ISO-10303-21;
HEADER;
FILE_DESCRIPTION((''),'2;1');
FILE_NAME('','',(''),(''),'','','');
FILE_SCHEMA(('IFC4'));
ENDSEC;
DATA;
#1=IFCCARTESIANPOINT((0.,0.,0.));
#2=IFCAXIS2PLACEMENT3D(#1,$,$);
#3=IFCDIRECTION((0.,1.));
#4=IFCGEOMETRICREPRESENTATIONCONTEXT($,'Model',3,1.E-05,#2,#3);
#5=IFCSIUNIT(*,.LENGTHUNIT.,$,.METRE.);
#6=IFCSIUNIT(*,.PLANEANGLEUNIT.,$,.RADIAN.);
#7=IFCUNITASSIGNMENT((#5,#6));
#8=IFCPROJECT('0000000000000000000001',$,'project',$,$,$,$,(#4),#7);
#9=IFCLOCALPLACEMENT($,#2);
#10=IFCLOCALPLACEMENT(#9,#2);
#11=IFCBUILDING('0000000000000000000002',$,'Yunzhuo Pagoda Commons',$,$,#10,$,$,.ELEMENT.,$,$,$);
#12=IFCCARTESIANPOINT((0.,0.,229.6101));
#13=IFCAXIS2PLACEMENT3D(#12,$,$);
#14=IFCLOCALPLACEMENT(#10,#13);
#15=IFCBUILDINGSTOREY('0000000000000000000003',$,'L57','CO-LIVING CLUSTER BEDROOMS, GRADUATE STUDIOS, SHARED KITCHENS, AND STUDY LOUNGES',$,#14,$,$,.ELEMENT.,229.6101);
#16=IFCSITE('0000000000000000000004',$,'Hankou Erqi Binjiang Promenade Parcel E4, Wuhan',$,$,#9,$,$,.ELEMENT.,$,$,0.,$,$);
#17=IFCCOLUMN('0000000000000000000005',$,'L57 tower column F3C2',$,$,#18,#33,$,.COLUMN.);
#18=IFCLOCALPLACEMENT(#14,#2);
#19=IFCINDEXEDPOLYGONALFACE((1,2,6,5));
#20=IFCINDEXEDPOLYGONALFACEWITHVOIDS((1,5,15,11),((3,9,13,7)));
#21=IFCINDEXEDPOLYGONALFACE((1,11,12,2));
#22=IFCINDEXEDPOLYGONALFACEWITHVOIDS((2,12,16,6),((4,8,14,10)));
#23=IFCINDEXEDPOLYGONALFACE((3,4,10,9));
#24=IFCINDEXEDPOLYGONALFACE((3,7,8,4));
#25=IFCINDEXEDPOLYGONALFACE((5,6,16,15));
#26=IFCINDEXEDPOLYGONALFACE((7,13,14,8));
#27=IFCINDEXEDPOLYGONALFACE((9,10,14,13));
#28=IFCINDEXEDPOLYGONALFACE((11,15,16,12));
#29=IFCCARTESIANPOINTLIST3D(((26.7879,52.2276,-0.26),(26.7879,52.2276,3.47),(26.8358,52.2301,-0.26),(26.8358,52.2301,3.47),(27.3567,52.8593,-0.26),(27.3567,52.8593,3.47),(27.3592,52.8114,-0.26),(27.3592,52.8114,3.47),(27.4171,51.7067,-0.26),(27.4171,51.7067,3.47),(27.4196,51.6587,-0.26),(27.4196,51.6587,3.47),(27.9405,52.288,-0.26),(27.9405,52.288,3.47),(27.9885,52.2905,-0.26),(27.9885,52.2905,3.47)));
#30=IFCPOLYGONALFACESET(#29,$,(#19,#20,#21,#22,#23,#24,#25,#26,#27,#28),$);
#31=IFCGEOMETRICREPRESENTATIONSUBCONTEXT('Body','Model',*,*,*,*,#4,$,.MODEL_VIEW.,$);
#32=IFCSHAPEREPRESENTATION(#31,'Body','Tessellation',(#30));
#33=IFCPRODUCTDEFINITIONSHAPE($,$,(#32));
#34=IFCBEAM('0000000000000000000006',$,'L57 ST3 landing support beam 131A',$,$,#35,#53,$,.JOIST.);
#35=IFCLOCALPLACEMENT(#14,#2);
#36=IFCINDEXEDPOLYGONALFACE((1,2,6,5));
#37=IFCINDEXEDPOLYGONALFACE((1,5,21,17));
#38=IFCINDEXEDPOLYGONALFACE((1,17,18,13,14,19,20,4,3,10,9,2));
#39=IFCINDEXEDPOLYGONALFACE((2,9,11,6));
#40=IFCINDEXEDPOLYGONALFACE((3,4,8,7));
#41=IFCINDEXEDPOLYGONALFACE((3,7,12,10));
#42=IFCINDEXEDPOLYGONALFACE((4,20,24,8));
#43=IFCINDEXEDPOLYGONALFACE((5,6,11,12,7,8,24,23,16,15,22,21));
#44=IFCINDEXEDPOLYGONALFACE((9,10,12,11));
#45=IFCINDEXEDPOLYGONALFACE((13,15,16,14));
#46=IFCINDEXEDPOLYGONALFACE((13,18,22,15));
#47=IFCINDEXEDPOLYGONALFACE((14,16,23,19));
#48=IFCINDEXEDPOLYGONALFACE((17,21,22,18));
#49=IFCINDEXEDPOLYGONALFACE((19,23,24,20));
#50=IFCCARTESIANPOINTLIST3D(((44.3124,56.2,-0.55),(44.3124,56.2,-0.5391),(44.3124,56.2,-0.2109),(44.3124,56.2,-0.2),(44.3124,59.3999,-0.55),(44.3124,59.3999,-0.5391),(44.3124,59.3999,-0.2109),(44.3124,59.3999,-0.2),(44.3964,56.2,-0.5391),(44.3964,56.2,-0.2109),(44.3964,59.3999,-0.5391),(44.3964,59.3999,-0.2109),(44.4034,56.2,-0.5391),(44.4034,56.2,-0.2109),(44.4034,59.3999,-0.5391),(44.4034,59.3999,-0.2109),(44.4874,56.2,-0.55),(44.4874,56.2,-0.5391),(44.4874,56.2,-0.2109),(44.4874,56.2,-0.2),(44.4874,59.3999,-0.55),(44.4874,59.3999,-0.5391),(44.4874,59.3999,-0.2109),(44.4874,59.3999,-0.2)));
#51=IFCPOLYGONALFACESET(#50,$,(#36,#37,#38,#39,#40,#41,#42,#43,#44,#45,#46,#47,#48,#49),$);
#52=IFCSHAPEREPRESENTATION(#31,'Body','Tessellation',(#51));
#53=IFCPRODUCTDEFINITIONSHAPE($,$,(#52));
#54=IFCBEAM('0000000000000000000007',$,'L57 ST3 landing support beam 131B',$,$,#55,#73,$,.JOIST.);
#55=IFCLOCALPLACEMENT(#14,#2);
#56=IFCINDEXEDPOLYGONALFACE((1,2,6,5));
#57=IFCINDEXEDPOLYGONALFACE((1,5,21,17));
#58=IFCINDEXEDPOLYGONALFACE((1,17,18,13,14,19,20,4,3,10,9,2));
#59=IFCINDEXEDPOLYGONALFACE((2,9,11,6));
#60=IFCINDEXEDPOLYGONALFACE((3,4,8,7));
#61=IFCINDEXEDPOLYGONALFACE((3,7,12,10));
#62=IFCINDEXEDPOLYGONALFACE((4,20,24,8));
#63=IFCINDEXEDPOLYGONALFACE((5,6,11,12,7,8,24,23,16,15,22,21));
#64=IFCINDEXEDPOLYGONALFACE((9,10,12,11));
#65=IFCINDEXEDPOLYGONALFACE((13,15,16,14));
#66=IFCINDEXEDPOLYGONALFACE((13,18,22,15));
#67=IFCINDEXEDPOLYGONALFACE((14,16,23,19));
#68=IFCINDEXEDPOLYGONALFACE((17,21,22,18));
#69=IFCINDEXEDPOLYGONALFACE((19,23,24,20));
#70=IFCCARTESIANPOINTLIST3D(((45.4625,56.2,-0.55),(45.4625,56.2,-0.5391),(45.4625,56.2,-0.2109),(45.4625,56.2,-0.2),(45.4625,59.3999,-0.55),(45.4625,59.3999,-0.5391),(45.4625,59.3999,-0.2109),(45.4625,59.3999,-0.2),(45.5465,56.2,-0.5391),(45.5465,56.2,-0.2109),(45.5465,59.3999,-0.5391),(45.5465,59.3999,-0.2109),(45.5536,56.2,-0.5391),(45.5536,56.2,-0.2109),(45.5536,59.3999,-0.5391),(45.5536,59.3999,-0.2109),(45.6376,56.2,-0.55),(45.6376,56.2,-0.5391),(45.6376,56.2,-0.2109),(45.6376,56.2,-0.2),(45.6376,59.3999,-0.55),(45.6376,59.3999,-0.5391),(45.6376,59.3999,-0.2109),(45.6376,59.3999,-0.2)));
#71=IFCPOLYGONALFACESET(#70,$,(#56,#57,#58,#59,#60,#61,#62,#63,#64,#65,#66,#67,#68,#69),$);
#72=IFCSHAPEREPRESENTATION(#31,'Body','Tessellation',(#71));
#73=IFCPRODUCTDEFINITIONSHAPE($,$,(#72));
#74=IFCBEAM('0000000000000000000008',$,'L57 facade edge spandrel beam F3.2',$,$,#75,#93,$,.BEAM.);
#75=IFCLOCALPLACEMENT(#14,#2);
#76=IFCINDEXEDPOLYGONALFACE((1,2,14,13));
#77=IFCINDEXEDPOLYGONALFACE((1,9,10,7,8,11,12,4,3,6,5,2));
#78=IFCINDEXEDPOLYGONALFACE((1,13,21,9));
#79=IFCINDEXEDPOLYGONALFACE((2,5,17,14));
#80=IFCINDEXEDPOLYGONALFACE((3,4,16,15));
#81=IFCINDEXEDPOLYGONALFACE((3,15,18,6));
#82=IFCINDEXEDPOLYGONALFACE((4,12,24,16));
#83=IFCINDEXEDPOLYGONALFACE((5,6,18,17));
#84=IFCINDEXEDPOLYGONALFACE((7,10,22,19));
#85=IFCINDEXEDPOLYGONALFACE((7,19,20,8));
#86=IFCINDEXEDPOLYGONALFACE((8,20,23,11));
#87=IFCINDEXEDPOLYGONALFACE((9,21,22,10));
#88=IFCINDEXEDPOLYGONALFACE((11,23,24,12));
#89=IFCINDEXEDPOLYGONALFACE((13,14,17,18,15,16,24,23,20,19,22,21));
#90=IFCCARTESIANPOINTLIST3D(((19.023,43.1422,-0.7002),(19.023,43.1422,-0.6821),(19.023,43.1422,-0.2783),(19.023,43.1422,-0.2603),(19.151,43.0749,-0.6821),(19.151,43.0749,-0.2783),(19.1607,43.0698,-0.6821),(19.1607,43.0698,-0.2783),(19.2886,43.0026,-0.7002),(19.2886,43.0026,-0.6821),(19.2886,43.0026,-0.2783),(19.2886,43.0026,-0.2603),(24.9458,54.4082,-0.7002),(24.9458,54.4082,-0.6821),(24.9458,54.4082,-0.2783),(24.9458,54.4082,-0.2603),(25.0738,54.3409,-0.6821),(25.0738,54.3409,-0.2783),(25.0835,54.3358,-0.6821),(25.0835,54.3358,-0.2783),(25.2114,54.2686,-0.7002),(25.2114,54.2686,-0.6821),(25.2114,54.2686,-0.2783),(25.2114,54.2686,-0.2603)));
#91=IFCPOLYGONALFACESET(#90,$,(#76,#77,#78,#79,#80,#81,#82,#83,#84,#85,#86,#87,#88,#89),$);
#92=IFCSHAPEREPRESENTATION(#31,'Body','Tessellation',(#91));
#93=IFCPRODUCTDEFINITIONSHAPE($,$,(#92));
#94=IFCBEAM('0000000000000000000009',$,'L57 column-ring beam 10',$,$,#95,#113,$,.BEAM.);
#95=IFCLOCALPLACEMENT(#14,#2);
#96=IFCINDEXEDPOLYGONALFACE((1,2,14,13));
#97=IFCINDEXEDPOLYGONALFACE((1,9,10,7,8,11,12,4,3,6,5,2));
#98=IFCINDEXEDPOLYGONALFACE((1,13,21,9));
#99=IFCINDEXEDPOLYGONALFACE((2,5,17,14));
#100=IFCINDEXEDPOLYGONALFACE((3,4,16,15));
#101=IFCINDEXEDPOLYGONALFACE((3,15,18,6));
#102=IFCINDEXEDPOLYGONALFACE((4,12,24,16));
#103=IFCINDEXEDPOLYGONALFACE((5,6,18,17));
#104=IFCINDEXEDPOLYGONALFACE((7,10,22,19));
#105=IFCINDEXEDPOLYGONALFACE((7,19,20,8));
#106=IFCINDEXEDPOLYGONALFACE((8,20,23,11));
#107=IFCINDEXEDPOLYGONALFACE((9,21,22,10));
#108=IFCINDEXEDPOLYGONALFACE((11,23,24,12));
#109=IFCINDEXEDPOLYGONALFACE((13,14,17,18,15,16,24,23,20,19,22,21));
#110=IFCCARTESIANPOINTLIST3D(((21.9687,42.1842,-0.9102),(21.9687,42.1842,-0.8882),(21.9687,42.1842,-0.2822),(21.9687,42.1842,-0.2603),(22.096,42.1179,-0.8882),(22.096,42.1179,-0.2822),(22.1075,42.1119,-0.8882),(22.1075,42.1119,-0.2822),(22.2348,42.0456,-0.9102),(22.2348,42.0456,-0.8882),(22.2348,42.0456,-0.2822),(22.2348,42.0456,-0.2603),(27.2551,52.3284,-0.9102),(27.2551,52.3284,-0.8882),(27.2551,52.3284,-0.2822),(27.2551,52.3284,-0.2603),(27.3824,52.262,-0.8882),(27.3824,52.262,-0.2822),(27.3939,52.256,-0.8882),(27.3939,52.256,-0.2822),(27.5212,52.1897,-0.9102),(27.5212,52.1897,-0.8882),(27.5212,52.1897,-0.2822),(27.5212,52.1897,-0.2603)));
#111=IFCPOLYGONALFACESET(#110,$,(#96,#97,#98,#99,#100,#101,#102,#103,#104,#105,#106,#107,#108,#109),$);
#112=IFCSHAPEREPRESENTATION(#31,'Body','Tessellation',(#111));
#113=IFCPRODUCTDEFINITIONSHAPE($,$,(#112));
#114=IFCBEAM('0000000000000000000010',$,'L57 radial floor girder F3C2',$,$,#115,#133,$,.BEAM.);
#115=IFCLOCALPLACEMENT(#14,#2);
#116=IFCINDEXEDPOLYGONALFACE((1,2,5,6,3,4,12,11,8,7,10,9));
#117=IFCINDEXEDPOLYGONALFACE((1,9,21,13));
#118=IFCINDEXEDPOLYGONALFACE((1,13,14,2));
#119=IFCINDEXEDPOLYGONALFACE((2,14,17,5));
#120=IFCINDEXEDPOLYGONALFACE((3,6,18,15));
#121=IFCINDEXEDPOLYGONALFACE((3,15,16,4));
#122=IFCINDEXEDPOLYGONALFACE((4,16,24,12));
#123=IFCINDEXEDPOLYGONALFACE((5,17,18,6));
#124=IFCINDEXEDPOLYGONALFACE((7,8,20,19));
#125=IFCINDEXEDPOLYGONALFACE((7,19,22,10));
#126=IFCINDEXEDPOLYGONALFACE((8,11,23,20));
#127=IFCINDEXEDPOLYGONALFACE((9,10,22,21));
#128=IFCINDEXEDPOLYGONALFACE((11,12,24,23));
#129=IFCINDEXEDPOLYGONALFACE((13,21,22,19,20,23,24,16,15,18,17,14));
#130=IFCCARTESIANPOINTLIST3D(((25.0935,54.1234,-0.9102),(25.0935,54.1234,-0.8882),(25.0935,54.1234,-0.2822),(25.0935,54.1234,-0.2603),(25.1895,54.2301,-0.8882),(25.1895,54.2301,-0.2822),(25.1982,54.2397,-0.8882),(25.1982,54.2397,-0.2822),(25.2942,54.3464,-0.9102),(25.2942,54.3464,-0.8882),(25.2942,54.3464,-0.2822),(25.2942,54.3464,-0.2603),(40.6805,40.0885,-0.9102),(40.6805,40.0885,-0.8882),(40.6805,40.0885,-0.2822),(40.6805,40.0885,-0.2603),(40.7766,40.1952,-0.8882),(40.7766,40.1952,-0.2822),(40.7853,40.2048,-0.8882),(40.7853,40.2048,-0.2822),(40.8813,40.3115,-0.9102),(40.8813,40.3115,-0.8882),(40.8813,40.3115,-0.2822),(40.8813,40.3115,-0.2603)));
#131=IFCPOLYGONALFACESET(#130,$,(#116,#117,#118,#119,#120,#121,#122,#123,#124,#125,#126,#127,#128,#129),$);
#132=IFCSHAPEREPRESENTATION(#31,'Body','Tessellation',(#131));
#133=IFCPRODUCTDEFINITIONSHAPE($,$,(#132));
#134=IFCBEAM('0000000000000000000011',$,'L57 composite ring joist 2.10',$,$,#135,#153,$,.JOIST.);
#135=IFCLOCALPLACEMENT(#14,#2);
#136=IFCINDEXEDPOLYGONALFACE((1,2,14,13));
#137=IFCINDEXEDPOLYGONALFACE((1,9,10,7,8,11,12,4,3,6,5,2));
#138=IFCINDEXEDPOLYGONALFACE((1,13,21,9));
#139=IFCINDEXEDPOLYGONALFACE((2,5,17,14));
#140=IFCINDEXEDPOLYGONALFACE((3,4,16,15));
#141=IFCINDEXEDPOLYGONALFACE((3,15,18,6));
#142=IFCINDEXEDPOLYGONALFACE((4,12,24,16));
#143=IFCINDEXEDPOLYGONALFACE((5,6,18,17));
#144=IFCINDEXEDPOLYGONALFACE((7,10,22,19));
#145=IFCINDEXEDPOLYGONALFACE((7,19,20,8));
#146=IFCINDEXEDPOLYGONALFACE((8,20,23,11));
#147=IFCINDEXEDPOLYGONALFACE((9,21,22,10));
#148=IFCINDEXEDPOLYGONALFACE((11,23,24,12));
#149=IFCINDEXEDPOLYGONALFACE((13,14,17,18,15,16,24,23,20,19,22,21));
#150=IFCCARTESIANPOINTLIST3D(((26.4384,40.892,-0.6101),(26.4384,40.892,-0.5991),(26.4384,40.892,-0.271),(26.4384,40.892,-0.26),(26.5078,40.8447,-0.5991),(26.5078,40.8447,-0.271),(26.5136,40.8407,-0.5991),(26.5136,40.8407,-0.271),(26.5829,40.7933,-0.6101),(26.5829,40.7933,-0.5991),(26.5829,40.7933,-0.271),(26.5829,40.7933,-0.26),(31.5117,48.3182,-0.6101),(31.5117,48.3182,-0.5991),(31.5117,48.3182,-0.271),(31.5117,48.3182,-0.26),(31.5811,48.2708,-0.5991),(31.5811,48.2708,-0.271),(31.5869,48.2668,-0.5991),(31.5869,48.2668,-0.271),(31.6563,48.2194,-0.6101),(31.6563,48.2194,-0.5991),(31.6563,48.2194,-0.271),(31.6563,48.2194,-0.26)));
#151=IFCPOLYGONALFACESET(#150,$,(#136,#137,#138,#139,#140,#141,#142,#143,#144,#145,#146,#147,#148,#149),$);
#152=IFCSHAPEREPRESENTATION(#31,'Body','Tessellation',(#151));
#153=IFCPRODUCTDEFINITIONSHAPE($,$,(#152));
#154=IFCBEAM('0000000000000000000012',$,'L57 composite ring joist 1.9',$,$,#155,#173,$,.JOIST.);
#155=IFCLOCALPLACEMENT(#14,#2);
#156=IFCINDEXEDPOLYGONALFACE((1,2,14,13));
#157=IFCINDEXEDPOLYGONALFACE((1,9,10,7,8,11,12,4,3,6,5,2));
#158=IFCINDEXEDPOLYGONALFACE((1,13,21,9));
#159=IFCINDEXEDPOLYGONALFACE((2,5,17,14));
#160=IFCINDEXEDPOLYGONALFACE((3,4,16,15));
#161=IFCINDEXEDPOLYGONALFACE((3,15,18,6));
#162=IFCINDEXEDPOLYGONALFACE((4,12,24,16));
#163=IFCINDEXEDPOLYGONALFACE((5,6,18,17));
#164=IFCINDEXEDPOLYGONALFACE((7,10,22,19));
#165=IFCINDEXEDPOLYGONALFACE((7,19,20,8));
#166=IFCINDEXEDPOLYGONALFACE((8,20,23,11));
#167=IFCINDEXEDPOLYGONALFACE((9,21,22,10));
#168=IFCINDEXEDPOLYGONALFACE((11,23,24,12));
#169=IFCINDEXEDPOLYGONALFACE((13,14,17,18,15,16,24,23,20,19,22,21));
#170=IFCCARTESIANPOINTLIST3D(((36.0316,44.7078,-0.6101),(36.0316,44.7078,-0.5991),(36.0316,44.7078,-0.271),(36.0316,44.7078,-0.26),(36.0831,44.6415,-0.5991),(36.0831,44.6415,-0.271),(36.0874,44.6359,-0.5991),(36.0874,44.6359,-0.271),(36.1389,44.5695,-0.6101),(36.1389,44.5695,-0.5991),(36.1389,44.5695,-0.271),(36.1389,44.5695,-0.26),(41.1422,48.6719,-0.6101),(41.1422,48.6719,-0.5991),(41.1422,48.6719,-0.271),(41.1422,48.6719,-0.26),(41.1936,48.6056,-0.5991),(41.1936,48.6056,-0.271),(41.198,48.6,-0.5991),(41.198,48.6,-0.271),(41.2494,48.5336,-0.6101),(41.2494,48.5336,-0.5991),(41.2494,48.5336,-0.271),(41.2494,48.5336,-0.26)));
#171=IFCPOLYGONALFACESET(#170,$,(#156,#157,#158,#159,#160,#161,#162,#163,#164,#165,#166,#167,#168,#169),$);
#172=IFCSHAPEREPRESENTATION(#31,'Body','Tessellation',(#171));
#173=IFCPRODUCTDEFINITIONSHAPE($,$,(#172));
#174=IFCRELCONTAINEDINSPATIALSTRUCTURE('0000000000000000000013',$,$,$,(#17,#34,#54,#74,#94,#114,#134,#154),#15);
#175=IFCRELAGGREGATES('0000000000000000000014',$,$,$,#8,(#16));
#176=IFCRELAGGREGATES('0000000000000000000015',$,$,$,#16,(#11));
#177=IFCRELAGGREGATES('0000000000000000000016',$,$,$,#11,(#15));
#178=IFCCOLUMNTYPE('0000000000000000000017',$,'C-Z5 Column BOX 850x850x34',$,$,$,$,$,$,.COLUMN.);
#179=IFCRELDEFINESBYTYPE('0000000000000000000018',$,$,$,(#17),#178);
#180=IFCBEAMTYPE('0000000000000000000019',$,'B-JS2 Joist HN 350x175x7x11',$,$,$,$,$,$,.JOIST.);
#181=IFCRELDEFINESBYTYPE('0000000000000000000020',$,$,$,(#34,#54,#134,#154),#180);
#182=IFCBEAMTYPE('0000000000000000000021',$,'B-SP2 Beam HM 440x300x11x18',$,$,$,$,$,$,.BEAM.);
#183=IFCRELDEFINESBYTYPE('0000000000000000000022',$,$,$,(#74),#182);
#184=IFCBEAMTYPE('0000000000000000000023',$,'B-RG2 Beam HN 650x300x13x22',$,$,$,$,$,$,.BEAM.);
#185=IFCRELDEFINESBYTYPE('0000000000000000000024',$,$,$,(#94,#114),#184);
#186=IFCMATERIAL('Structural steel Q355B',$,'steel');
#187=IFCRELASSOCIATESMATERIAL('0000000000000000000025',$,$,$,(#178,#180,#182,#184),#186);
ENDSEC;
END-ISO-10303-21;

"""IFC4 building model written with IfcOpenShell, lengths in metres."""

from ifc_helpers import new_model, si_unit, direction, frame, origin, origin_2d, place, context, subcontext, project, spatial, hollow_rectangle, i_section, extrude, source, transform, mapped, material, material_profile, profile_set, type_object, element, save


model = new_model("IFC4")

# Units and contexts
model_context = context("Model", 3, precision=1e-05, world=origin(), true_north=direction((0.0, 1.0)))
body_context = subcontext(model_context, "Body", "Model", "MODEL_VIEW")
ifc_project = project(units=[si_unit("LENGTHUNIT", "METRE"), si_unit("PLANEANGLEUNIT", "RADIAN")], contexts=[model_context])

# Site, building, storey
site_placement = place(None, origin())
site = spatial("IfcSite", under=ifc_project, at=site_placement, Name="Hankou Erqi Binjiang Promenade Parcel E4, Wuhan", CompositionType="ELEMENT", RefElevation=0.0)
building_placement = place(site_placement, origin())
building = spatial("IfcBuilding", under=site, at=building_placement, Name="Yunzhuo Pagoda Commons", CompositionType="ELEMENT")
storey_placement = place(building_placement, frame((0.0, 0.0, 229.6101)))
storey = spatial("IfcBuildingStorey", under=building, at=storey_placement, Name="L57", Description="CO-LIVING CLUSTER BEDROOMS, GRADUATE STUDIOS, SHARED KITCHENS, AND STUDY LOUNGES", CompositionType="ELEMENT", Elevation=229.6101)

# Column
ifc_material_1 = material(Name="Structural steel Q355B", Category="steel")
ifc_material_profile_1 = material_profile(ifc_material_1, hollow_rectangle(XDim=0.8501, YDim=0.8501, WallThickness=0.0339, at=origin_2d()), Name="Structural steel Q355B")
ifc_profile_set_1 = profile_set([ifc_material_profile_1], Name="Structural steel Q355B")
column_type = type_object("IfcColumnType", Name="C-Z5 Column BOX 850x850x34", PredefinedType="COLUMN", material=ifc_profile_set_1)
shared_shape_1 = source(origin(), body_context, "Body", "SweptSolid", [
    extrude(hollow_rectangle(XDim=0.8501, YDim=0.8501, WallThickness=0.0339, at=origin_2d()), origin(), (0.0, 0.0, 1.0), 3.73),
])
column_placement = place(storey_placement, frame((27.3882, 52.259, -0.26), z_axis=(0.0, 0.0, 1.0), x_axis=(-0.669131, -0.743145, 0.0)))
element("IfcColumn", 1, at=column_placement, inside=storey, type_object=column_type, Name="L57 tower column F3C2", PredefinedType="COLUMN", context=body_context, shape_type="MappedRepresentation", body=[
    mapped(shared_shape_1, transform((0.0, 0.0, 0.0), scale=1.0)),
])

# Beams
ifc_material_profile_2 = material_profile(ifc_material_1, i_section(OverallWidth=0.175, OverallDepth=0.3501, WebThickness=0.0071, FlangeThickness=0.011, at=origin_2d()), Name="Structural steel Q355B")
ifc_profile_set_2 = profile_set([ifc_material_profile_2], Name="Structural steel Q355B")
beam_type_1 = type_object("IfcBeamType", Name="B-JS2 Joist HN 350x175x7x11", PredefinedType="JOIST", material=ifc_profile_set_2)
shared_shape_2 = source(origin(), body_context, "Body", "SweptSolid", [
    extrude(i_section(OverallWidth=0.175, OverallDepth=0.3501, WebThickness=0.0071, FlangeThickness=0.011, at=origin_2d()), origin(), (0.0, 0.0, 1.0), 3.2),
])
for number, where, z_axis, x_axis, name in (
    (2, (44.3999, 56.2, -0.375), (0.0, 1.0, 0.0), (-1.0, 0.0, 0.0), "L57 ST3 landing support beam 131A"),
    (3, (45.55, 56.2, -0.375), (0.0, 1.0, 0.0), (-1.0, 0.0, 0.0), "L57 ST3 landing support beam 131B"),
):
    element("IfcBeam", number, at=place(storey_placement, frame(where, z_axis=z_axis, x_axis=x_axis)), inside=storey, type_object=beam_type_1, Name=name, PredefinedType="JOIST", context=body_context, shape_type="MappedRepresentation", body=[
        mapped(shared_shape_2, transform((0.0, 0.0, 0.0), scale=1.0)),
    ])
ifc_material_profile_3 = material_profile(ifc_material_1, i_section(OverallWidth=0.3, OverallDepth=0.4399, WebThickness=0.011, FlangeThickness=0.0181, at=origin_2d()), Name="Structural steel Q355B")
ifc_profile_set_3 = profile_set([ifc_material_profile_3], Name="Structural steel Q355B")
beam_type_2 = type_object("IfcBeamType", Name="B-SP2 Beam HM 440x300x11x18", PredefinedType="BEAM", material=ifc_profile_set_3)
shared_shape_3 = source(origin(), body_context, "Body", "SweptSolid", [
    extrude(i_section(OverallWidth=0.3, OverallDepth=0.4399, WebThickness=0.011, FlangeThickness=0.0181, at=origin_2d()), origin(), (0.0, 0.0, 1.0), 12.728),
])
beam_1_placement = place(storey_placement, frame((25.0786, 54.3384, -0.4802), z_axis=(-0.465335, -0.885134, 0.0), x_axis=(0.885134, -0.465335, 0.0)))
element("IfcBeam", 4, at=beam_1_placement, inside=storey, type_object=beam_type_2, Name="L57 facade edge spandrel beam F3.2", PredefinedType="BEAM", context=body_context, shape_type="MappedRepresentation", body=[
    mapped(shared_shape_3, transform((0.0, 0.0, 0.0), scale=1.0)),
])
ifc_material_profile_4 = material_profile(ifc_material_1, i_section(OverallWidth=0.3, OverallDepth=0.6499, WebThickness=0.0129, FlangeThickness=0.022, at=origin_2d()), Name="Structural steel Q355B")
ifc_profile_set_4 = profile_set([ifc_material_profile_4], Name="Structural steel Q355B")
beam_type_3 = type_object("IfcBeamType", Name="B-RG2 Beam HN 650x300x13x22", PredefinedType="BEAM", material=ifc_profile_set_4)
shared_shape_4 = source(origin(), body_context, "Body", "SweptSolid", [
    extrude(i_section(OverallWidth=0.3, OverallDepth=0.6499, WebThickness=0.0129, FlangeThickness=0.022, at=origin_2d()), origin(), (0.0, 0.0, 1.0), 11.439),
])
beam_2_placement = place(storey_placement, frame((27.3882, 52.259, -0.5852), z_axis=(-0.462142, -0.886806, 0.0), x_axis=(0.886806, -0.462142, 0.0)))
element("IfcBeam", 5, at=beam_2_placement, inside=storey, type_object=beam_type_3, Name="L57 column-ring beam 10", PredefinedType="BEAM", context=body_context, shape_type="MappedRepresentation", body=[
    mapped(shared_shape_4, transform((0.0, 0.0, 0.0), scale=1.0)),
])
shared_shape_5 = source(origin(), body_context, "Body", "SweptSolid", [
    extrude(i_section(OverallWidth=0.3, OverallDepth=0.6499, WebThickness=0.0129, FlangeThickness=0.022, at=origin_2d()), origin(), (0.0, 0.0, 1.0), 20.9746),
])
beam_3_placement = place(storey_placement, frame((25.1938, 54.2349, -0.5852), z_axis=(0.743141, -0.669135, 0.0), x_axis=(0.669135, 0.743141, 0.0)))
element("IfcBeam", 6, at=beam_3_placement, inside=storey, type_object=beam_type_3, Name="L57 radial floor girder F3C2", PredefinedType="BEAM", context=body_context, shape_type="MappedRepresentation", body=[
    mapped(shared_shape_5, transform((0.0, 0.0, 0.0), scale=1.0)),
])
shared_shape_6 = source(origin(), body_context, "Body", "SweptSolid", [
    extrude(i_section(OverallWidth=0.175, OverallDepth=0.3501, WebThickness=0.0071, FlangeThickness=0.011, at=origin_2d()), origin(), (0.0, 0.0, 1.0), 8.9937),
])
beam_4_placement = place(storey_placement, frame((31.584, 48.2688, -0.4351), z_axis=(-0.564099, -0.825707, 0.0), x_axis=(0.825707, -0.564099, 0.0)))
element("IfcBeam", 7, at=beam_4_placement, inside=storey, type_object=beam_type_1, Name="L57 composite ring joist 2.10", PredefinedType="JOIST", context=body_context, shape_type="MappedRepresentation", body=[
    mapped(shared_shape_6, transform((0.0, 0.0, 0.0), scale=1.0)),
])
shared_shape_7 = source(origin(), body_context, "Body", "SweptSolid", [
    extrude(i_section(OverallWidth=0.175, OverallDepth=0.3501, WebThickness=0.0071, FlangeThickness=0.011, at=origin_2d()), origin(), (0.0, 0.0, 1.0), 6.4678),
])
beam_5_placement = place(storey_placement, frame((41.1958, 48.6028, -0.4351), z_axis=(-0.79016, -0.6129, 0.0), x_axis=(0.6129, -0.79016, 0.0)))
element("IfcBeam", 8, at=beam_5_placement, inside=storey, type_object=beam_type_1, Name="L57 composite ring joist 1.9", PredefinedType="JOIST", context=body_context, shape_type="MappedRepresentation", body=[
    mapped(shared_shape_7, transform((0.0, 0.0, 0.0), scale=1.0)),
])

save(model, "model.ifc")
